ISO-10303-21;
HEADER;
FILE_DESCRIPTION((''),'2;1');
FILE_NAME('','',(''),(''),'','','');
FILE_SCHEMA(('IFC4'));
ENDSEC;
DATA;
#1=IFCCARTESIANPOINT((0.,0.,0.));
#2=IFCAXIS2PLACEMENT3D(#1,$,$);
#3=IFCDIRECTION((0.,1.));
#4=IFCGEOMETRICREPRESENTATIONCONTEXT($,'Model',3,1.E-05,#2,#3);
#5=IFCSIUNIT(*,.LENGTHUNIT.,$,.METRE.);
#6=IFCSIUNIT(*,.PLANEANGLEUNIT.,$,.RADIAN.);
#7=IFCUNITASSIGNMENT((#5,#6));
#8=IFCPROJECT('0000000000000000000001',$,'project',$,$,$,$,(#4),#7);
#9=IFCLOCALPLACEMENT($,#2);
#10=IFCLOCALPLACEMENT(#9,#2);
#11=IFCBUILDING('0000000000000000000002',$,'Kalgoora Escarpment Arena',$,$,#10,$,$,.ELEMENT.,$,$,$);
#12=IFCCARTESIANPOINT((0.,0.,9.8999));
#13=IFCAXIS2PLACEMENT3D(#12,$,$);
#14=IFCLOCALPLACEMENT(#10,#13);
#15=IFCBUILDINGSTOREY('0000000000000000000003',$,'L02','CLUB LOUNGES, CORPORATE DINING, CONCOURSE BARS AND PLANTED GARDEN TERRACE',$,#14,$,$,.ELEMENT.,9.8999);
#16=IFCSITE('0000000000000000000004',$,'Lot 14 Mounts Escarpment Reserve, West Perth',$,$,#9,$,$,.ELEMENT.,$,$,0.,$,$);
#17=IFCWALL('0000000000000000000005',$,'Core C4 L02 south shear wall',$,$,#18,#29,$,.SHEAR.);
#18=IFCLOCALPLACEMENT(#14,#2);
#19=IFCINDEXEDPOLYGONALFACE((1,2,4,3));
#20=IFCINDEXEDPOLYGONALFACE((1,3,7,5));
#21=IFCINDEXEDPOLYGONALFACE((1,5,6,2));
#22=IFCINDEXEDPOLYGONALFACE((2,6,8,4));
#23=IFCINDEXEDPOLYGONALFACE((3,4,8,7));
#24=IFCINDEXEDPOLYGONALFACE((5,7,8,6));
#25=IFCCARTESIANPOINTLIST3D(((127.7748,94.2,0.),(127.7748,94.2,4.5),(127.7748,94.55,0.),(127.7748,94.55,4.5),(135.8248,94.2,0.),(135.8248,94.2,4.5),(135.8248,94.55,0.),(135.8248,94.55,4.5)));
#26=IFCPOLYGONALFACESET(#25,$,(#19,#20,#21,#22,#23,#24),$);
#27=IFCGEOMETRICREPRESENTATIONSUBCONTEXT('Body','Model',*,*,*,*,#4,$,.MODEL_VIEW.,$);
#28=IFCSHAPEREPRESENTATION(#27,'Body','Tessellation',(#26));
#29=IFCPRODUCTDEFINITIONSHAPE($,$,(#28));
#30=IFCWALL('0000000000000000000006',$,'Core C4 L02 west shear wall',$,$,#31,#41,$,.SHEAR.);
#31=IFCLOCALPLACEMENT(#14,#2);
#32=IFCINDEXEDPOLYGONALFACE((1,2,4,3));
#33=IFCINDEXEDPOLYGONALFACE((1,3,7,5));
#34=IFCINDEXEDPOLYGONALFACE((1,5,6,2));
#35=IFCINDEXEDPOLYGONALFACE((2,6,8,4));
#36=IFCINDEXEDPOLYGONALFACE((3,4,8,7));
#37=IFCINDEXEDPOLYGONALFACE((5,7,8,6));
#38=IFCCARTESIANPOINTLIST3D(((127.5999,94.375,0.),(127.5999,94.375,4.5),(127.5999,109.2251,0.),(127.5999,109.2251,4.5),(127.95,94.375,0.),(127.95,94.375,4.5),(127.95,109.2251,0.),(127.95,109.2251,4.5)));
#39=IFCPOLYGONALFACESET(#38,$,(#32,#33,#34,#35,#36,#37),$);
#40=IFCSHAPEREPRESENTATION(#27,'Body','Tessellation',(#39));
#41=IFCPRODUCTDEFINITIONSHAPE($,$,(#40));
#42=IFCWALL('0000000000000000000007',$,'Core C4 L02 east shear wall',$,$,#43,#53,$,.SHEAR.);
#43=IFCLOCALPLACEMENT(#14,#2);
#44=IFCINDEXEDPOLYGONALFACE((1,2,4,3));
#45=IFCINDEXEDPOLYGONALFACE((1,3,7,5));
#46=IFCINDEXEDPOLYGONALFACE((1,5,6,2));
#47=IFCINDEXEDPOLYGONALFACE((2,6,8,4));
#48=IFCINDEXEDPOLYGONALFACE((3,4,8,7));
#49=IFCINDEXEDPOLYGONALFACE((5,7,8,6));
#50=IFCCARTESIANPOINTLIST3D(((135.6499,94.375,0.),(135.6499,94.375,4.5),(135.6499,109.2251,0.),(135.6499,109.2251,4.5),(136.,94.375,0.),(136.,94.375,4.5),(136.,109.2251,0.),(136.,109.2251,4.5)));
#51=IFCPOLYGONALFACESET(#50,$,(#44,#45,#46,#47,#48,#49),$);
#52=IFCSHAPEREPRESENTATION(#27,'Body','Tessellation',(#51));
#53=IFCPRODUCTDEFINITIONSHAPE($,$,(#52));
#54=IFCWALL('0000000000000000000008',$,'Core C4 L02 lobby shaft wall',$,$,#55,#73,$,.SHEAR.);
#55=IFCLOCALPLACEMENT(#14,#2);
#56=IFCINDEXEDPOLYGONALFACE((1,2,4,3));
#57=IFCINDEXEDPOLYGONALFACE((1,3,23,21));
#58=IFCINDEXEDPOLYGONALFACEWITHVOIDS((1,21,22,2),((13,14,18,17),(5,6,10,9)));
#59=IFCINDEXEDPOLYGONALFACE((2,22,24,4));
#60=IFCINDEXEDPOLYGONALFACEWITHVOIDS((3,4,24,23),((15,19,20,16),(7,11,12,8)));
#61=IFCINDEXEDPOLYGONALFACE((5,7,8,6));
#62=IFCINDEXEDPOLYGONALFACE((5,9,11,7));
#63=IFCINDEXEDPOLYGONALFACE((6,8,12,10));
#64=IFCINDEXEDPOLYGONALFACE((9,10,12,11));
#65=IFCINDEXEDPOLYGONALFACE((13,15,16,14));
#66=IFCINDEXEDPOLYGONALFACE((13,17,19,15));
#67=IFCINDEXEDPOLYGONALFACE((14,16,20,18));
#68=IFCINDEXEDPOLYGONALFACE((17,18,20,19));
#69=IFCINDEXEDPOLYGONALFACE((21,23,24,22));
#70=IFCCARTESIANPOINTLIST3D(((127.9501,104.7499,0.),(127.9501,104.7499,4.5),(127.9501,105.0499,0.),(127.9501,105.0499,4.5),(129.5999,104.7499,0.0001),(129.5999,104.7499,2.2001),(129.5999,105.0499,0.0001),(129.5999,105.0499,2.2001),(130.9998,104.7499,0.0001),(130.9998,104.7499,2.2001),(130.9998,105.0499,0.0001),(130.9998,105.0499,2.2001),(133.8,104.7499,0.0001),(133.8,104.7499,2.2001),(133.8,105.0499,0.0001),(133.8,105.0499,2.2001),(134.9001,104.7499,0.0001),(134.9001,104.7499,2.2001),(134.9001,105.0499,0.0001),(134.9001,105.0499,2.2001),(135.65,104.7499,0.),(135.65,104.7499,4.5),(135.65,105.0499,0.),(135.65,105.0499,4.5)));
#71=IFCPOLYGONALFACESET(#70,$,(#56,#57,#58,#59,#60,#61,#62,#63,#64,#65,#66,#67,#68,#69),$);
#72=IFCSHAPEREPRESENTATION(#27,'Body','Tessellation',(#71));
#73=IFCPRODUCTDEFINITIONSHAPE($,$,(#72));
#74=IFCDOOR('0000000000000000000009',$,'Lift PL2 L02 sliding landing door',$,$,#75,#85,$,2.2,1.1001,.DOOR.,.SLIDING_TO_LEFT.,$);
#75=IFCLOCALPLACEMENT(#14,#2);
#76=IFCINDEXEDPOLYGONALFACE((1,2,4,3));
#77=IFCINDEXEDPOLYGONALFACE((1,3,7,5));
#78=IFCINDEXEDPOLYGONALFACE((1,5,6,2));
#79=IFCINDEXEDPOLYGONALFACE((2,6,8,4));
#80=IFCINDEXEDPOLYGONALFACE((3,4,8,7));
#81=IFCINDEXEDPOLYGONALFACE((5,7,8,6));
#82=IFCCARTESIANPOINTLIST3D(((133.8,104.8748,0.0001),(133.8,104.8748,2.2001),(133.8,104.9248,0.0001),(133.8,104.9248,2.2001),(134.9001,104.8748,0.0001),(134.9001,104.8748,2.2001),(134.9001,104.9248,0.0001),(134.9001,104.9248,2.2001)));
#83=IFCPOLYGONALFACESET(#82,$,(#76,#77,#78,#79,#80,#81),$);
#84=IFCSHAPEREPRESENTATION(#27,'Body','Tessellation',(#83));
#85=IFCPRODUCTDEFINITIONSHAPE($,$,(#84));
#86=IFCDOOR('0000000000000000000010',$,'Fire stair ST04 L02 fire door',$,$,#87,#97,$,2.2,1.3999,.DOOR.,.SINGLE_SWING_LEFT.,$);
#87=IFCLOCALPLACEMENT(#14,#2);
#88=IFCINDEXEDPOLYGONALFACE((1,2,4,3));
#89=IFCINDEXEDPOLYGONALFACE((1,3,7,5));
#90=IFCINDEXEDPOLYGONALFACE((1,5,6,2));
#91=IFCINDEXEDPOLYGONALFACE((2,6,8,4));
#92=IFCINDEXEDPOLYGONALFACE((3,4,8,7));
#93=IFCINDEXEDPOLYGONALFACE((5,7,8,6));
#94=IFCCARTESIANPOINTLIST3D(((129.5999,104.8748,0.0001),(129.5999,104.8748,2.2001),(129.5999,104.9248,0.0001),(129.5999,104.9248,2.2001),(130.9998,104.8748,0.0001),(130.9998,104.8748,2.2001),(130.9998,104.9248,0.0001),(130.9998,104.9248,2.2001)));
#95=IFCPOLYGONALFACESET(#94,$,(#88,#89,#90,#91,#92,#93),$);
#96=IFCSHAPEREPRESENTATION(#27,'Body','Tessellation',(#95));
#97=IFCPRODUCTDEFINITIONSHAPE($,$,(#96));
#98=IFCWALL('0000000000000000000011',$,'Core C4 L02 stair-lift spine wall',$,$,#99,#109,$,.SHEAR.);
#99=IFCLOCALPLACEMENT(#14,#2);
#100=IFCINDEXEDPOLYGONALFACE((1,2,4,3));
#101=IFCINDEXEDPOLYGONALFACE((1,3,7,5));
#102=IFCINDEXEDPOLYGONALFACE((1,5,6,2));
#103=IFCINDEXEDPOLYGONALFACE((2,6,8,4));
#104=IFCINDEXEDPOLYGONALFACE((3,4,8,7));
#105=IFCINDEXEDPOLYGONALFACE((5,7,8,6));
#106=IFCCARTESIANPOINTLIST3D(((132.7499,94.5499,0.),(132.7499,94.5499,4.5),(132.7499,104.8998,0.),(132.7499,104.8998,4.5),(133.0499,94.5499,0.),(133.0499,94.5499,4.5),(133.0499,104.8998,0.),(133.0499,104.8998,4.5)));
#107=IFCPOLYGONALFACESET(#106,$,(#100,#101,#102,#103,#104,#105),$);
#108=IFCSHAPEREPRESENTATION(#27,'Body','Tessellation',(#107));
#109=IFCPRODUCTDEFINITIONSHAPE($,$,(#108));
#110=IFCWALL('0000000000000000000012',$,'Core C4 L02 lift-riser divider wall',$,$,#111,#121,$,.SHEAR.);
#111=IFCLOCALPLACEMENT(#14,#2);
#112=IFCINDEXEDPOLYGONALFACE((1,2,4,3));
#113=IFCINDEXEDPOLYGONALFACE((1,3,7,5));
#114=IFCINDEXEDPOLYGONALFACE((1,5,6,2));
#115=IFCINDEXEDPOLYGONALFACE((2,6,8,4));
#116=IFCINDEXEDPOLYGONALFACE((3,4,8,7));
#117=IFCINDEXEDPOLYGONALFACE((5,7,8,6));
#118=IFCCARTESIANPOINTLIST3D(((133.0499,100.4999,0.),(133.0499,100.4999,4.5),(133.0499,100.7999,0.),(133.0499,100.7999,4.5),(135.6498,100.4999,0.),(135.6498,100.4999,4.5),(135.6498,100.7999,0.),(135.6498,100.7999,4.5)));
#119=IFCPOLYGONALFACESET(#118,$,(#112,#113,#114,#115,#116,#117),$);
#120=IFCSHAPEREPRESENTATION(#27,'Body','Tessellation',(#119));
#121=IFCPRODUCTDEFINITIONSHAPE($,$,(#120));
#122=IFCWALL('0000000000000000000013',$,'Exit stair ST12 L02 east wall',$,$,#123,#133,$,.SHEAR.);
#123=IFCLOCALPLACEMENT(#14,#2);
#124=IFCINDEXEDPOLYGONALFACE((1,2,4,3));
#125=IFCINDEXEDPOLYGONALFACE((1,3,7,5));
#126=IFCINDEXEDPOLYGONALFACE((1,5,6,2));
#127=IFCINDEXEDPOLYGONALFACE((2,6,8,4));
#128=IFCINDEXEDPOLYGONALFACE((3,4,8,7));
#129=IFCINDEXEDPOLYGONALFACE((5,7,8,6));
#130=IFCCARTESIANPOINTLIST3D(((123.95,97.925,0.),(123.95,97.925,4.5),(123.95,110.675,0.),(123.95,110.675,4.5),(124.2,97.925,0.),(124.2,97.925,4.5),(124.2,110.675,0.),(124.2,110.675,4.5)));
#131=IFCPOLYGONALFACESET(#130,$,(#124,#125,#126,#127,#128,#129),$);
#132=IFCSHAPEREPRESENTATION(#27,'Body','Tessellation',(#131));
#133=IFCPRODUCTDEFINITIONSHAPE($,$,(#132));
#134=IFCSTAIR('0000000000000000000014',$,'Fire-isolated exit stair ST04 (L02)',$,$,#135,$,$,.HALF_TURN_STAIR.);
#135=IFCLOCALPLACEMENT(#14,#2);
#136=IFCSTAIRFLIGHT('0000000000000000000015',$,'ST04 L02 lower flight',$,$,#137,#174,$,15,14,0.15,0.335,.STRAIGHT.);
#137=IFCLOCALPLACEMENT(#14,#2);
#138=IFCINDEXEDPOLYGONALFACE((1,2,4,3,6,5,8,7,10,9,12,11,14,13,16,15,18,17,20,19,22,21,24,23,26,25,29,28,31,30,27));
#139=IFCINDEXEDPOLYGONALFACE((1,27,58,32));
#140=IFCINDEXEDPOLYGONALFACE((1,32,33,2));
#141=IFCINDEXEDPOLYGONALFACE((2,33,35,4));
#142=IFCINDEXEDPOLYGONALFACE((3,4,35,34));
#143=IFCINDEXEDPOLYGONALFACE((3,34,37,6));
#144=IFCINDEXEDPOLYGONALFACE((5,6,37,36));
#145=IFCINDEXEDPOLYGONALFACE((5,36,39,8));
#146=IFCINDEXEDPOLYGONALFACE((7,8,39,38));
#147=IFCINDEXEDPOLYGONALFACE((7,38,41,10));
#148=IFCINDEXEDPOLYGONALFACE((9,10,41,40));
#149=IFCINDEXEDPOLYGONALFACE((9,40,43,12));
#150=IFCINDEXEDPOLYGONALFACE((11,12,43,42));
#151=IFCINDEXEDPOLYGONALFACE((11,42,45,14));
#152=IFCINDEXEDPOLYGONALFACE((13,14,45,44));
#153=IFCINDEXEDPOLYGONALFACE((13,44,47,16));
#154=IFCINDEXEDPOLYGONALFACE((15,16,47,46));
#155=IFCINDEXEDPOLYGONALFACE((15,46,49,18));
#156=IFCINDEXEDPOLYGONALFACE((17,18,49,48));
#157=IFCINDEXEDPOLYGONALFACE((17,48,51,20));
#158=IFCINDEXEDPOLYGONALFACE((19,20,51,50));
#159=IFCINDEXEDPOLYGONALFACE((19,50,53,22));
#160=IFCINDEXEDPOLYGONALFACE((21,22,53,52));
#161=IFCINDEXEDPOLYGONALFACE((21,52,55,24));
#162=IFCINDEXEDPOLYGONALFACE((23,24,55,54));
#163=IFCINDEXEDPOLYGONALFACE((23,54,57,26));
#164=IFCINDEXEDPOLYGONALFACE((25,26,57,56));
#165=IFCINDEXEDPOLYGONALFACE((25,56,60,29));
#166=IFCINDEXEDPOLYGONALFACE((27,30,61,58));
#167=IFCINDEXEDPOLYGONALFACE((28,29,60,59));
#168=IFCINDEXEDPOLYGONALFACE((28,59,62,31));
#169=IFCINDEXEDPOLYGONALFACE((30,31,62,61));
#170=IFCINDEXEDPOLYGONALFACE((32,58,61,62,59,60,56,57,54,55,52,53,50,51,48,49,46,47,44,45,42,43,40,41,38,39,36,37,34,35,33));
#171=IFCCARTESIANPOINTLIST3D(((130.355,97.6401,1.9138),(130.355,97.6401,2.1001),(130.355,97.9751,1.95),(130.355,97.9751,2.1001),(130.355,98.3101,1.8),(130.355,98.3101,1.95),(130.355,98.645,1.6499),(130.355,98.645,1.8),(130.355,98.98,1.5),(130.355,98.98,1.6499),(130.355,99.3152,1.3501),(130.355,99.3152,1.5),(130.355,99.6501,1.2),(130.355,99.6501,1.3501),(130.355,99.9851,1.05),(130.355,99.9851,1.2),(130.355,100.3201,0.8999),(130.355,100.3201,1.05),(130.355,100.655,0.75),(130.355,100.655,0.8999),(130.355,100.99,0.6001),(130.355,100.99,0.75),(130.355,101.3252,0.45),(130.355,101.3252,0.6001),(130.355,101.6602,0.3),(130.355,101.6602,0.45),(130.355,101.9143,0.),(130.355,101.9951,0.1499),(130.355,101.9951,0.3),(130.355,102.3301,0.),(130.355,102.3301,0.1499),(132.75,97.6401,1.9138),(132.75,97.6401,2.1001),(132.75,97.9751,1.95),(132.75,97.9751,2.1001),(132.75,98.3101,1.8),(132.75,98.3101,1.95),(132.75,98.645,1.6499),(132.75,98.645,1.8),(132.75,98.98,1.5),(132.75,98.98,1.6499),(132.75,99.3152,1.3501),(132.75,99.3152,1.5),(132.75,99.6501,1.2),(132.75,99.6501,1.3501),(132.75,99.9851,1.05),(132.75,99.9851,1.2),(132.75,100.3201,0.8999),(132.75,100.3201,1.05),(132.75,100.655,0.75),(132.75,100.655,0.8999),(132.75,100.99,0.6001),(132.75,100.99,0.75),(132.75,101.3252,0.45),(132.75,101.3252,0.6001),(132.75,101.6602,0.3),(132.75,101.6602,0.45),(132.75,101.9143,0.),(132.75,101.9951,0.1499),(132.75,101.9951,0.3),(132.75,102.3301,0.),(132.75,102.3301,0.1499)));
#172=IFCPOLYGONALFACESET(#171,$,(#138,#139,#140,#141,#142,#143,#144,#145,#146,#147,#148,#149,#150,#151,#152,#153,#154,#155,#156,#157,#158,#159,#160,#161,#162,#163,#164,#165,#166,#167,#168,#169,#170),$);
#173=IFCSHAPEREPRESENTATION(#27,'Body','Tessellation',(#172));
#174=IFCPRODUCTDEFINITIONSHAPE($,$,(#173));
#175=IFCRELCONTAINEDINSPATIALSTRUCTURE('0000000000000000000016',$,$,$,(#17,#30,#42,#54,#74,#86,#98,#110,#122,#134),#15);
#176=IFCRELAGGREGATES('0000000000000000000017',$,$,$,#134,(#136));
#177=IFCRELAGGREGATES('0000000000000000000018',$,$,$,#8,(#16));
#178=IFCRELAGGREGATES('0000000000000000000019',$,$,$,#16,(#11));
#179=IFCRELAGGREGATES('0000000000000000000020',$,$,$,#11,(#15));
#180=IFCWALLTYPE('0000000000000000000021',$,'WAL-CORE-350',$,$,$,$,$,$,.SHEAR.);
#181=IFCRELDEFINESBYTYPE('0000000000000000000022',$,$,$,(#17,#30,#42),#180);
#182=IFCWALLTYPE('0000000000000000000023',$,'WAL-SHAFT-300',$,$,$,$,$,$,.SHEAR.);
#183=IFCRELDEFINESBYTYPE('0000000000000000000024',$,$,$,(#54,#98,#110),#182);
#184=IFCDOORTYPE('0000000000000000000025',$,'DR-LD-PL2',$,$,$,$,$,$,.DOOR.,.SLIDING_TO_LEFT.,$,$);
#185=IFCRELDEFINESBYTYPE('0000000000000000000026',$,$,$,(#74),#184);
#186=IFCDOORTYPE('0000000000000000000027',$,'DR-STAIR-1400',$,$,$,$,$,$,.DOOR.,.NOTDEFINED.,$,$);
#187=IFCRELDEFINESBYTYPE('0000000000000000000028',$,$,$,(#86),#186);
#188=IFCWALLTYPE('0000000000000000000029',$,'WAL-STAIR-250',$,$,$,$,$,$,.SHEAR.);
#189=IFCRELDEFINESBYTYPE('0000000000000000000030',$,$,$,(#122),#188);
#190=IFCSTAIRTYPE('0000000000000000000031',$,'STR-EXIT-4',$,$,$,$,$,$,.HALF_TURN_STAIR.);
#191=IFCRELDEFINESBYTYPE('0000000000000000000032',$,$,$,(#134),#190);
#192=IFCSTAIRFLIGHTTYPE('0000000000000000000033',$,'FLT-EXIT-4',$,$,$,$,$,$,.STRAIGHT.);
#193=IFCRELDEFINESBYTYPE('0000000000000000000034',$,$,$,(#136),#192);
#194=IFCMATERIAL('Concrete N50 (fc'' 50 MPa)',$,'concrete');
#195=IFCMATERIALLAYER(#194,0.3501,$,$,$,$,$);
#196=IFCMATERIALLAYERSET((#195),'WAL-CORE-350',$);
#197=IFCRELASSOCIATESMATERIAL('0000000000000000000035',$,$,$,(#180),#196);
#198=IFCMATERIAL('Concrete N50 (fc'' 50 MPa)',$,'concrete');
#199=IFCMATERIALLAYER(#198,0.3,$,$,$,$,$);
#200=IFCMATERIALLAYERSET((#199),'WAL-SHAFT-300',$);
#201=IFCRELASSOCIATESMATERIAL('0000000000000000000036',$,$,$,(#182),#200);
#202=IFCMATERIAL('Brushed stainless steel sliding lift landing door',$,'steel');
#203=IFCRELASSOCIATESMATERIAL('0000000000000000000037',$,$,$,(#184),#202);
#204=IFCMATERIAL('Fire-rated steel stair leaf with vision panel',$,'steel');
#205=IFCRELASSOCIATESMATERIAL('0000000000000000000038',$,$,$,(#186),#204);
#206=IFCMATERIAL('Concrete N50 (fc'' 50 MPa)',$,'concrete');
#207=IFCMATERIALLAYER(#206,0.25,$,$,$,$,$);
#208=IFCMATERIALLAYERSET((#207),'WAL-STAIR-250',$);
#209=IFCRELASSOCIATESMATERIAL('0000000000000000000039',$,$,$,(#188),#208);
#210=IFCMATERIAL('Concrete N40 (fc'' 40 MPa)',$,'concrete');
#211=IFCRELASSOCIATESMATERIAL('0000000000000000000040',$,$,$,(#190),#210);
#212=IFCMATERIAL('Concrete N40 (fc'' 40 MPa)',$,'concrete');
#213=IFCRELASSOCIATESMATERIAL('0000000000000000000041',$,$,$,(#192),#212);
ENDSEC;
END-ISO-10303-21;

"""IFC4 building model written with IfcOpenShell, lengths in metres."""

from ifc_helpers import new_model, si_unit, direction, frame, frame_2d, origin, place, context, subcontext, project, spatial, polyline, rectangle, outline, extrude, material, layer, layer_set, type_object, element, fill, aggregate, save


model = new_model("IFC4")

# Units and contexts
model_context = context("Model", 3, precision=1e-05, world=origin(), true_north=direction((0.0, 1.0)))
body_context = subcontext(model_context, "Body", "Model", "MODEL_VIEW")
ifc_project = project(units=[si_unit("LENGTHUNIT", "METRE"), si_unit("PLANEANGLEUNIT", "RADIAN")], contexts=[model_context])

# Site, building, storey
site_placement = place(None, origin())
site = spatial("IfcSite", under=ifc_project, at=site_placement, Name="Lot 14 Mounts Escarpment Reserve, West Perth", CompositionType="ELEMENT", RefElevation=0.0)
building_placement = place(site_placement, origin())
building = spatial("IfcBuilding", under=site, at=building_placement, Name="Kalgoora Escarpment Arena", CompositionType="ELEMENT")
storey_placement = place(building_placement, frame((0.0, 0.0, 9.8999)))
storey = spatial("IfcBuildingStorey", under=building, at=storey_placement, Name="L02", Description="CLUB LOUNGES, CORPORATE DINING, CONCOURSE BARS AND PLANTED GARDEN TERRACE", CompositionType="ELEMENT", Elevation=9.8999)

# Walls
ifc_material_1 = material(Name="Concrete N50 (fc' 50 MPa)", Category="concrete")
ifc_layer_1 = layer(ifc_material_1, 0.3501)
ifc_layer_set_1 = layer_set([ifc_layer_1], Name="WAL-CORE-350")
wall_type_1 = type_object("IfcWallType", Name="WAL-CORE-350", PredefinedType="SHEAR", material=ifc_layer_set_1)
wall_1_placement = place(storey_placement, frame((127.7749, 94.375, 0.0), z_axis=(0.0, 0.0, 1.0), x_axis=(1.0, 0.0, 0.0)))
element("IfcWall", 1, at=wall_1_placement, inside=storey, type_object=wall_type_1, Name="Core C4 L02 south shear wall", PredefinedType="SHEAR", context=body_context, shape_type="SweptSolid", body=[
    extrude(rectangle(XDim=8.05, YDim=0.3501, at=frame_2d((4.0249, 0.0))), origin(), (0.0, 0.0, 1.0), 4.5),
])
for number, where, z_axis, x_axis, name in (
    (2, (127.7749, 94.375, 0.0), (0.0, 0.0, 1.0), (0.0, 1.0, 0.0), "Core C4 L02 west shear wall"),
    (3, (135.825, 94.375, 0.0), (0.0, 0.0, 1.0), (0.0, 1.0, 0.0), "Core C4 L02 east shear wall"),
):
    element("IfcWall", number, at=place(storey_placement, frame(where, z_axis=z_axis, x_axis=x_axis)), inside=storey, type_object=wall_type_1, Name=name, PredefinedType="SHEAR", context=body_context, shape_type="SweptSolid", body=[
        extrude(rectangle(XDim=14.8501, YDim=0.3501, at=frame_2d((7.425, 0.0))), origin(), (0.0, 0.0, 1.0), 4.5),
    ])

# Wall, openings, doors
ifc_material_2 = material(Name="Concrete N50 (fc' 50 MPa)", Category="concrete")
ifc_layer_2 = layer(ifc_material_2, 0.3)
ifc_layer_set_2 = layer_set([ifc_layer_2], Name="WAL-SHAFT-300")
wall_type_2 = type_object("IfcWallType", Name="WAL-SHAFT-300", PredefinedType="SHEAR", material=ifc_layer_set_2)
wall_2_placement = place(storey_placement, frame((127.95, 104.8999, 0.0), z_axis=(0.0, 0.0, 1.0), x_axis=(1.0, 0.0, 0.0)))
wall_2 = element("IfcWall", 4, at=wall_2_placement, inside=storey, type_object=wall_type_2, Name="Core C4 L02 lobby shaft wall", PredefinedType="SHEAR", context=body_context, shape_type="SweptSolid", body=[
    extrude(rectangle(XDim=7.7, YDim=0.3, at=frame_2d((3.8501, 0.0))), origin(), (0.0, 0.0, 1.0), 4.5),
])
opening_1_placement = place(wall_2_placement, frame((1.6499, 0.0, 0.0)))
opening_1 = element("IfcOpeningElement", 5, at=opening_1_placement, cuts=wall_2, PredefinedType="OPENING", context=body_context, shape_type="SweptSolid", body=[
    extrude(rectangle(XDim=1.3999, YDim=2.2, at=frame_2d((0.7, 1.1001))), frame((0.0, 0.1599, 0.0), z_axis=(0.0, -1.0, 0.0), x_axis=(1.0, 0.0, 0.0)), (0.0, 0.0, 1.0), 0.3201),
])
opening_2_placement = place(wall_2_placement, frame((5.8501, 0.0, 0.0)))
opening_2 = element("IfcOpeningElement", 6, at=opening_2_placement, cuts=wall_2, PredefinedType="OPENING", context=body_context, shape_type="SweptSolid", body=[
    extrude(rectangle(XDim=1.1001, YDim=2.2, at=frame_2d((0.55, 1.1001))), frame((0.0, 0.1599, 0.0), z_axis=(0.0, -1.0, 0.0), x_axis=(1.0, 0.0, 0.0)), (0.0, 0.0, 1.0), 0.3201),
])
ifc_material_3 = material(Name="Brushed stainless steel sliding lift landing door", Category="steel")
door_type_1 = type_object("IfcDoorType", Name="DR-LD-PL2", OperationType="SLIDING_TO_LEFT", PredefinedType="DOOR", material=ifc_material_3)
door_1_placement = place(opening_2_placement, origin())
door_1 = element("IfcDoor", 7, at=door_1_placement, inside=storey, type_object=door_type_1, Name="Lift PL2 L02 sliding landing door", OperationType="SLIDING_TO_LEFT", OverallHeight=2.2, OverallWidth=1.1001, PredefinedType="DOOR", context=body_context, shape_type="SweptSolid", body=[
    extrude(rectangle(XDim=1.1001, YDim=2.2, at=frame_2d((0.55, 1.1001))), frame((0.0, 0.0249, 0.0), z_axis=(0.0, -1.0, 0.0), x_axis=(1.0, 0.0, 0.0)), (0.0, 0.0, 1.0), 0.05),
])
fill(opening_2, door_1)
ifc_material_4 = material(Name="Fire-rated steel stair leaf with vision panel", Category="steel")
door_type_2 = type_object("IfcDoorType", Name="DR-STAIR-1400", OperationType="NOTDEFINED", PredefinedType="DOOR", material=ifc_material_4)
door_2_placement = place(opening_1_placement, origin())
door_2 = element("IfcDoor", 8, at=door_2_placement, inside=storey, type_object=door_type_2, Name="Fire stair ST04 L02 fire door", OperationType="SINGLE_SWING_LEFT", OverallHeight=2.2, OverallWidth=1.3999, PredefinedType="DOOR", context=body_context, shape_type="SweptSolid", body=[
    extrude(rectangle(XDim=1.3999, YDim=2.2, at=frame_2d((0.7, 1.1001))), frame((0.0, 0.0249, 0.0), z_axis=(0.0, -1.0, 0.0), x_axis=(1.0, 0.0, 0.0)), (0.0, 0.0, 1.0), 0.05),
])
fill(opening_1, door_2)

# Walls
wall_3_placement = place(storey_placement, frame((132.8999, 94.55, 0.0), z_axis=(0.0, 0.0, 1.0), x_axis=(0.0, 1.0, 0.0)))
element("IfcWall", 9, at=wall_3_placement, inside=storey, type_object=wall_type_2, Name="Core C4 L02 stair-lift spine wall", PredefinedType="SHEAR", context=body_context, shape_type="SweptSolid", body=[
    extrude(rectangle(XDim=10.3499, YDim=0.3, at=frame_2d((5.1748, 0.0))), origin(), (0.0, 0.0, 1.0), 4.5),
])
wall_4_placement = place(storey_placement, frame((133.05, 100.6499, 0.0), z_axis=(0.0, 0.0, 1.0), x_axis=(1.0, 0.0, 0.0)))
element("IfcWall", 10, at=wall_4_placement, inside=storey, type_object=wall_type_2, Name="Core C4 L02 lift-riser divider wall", PredefinedType="SHEAR", context=body_context, shape_type="SweptSolid", body=[
    extrude(rectangle(XDim=2.5999, YDim=0.3, at=frame_2d((1.2998, 0.0))), origin(), (0.0, 0.0, 1.0), 4.5),
])
ifc_material_5 = material(Name="Concrete N50 (fc' 50 MPa)", Category="concrete")
ifc_layer_3 = layer(ifc_material_5, 0.25)
ifc_layer_set_3 = layer_set([ifc_layer_3], Name="WAL-STAIR-250")
wall_type_3 = type_object("IfcWallType", Name="WAL-STAIR-250", PredefinedType="SHEAR", material=ifc_layer_set_3)
wall_5_placement = place(storey_placement, frame((124.075, 97.925, 0.0), z_axis=(0.0, 0.0, 1.0), x_axis=(0.0, 1.0, 0.0)))
element("IfcWall", 11, at=wall_5_placement, inside=storey, type_object=wall_type_3, Name="Exit stair ST12 L02 east wall", PredefinedType="SHEAR", context=body_context, shape_type="SweptSolid", body=[
    extrude(rectangle(XDim=12.75, YDim=0.25, at=frame_2d((6.375, 0.0))), origin(), (0.0, 0.0, 1.0), 4.5),
])

# Stair, stair flight
ifc_material_6 = material(Name="Concrete N40 (fc' 40 MPa)", Category="concrete")
stair_type = type_object("IfcStairType", Name="STR-EXIT-4", PredefinedType="HALF_TURN_STAIR", material=ifc_material_6)
stair_placement = place(storey_placement, origin())
stair = element("IfcStair", 12, at=stair_placement, inside=storey, type_object=stair_type, Name="Fire-isolated exit stair ST04 (L02)", PredefinedType="HALF_TURN_STAIR")
ifc_material_7 = material(Name="Concrete N40 (fc' 40 MPa)", Category="concrete")
stair_flight_type = type_object("IfcStairFlightType", Name="FLT-EXIT-4", PredefinedType="STRAIGHT", material=ifc_material_7)
stair_flight_1_placement = place(storey_placement, frame((131.5525, 102.3301, 0.0), z_axis=(0.0, 0.0, 1.0), x_axis=(0.0, -1.0, 0.0)))
stair_flight_1 = element("IfcStairFlight", 13, at=stair_flight_1_placement, type_object=stair_flight_type, Name="ST04 L02 lower flight", NumberOfRisers=15, NumberOfTreads=14, PredefinedType="STRAIGHT", RiserHeight=0.15, TreadLength=0.335, context=body_context, shape_type="SweptSolid", body=[
    extrude(outline(polyline([(0.0, 0.0), (0.0, 0.1499), (0.335, 0.1499), (0.335, 0.3), (0.6699, 0.3), (0.6699, 0.45), (1.0049, 0.45), (1.0049, 0.6001), (1.3401, 0.6001), (1.3401, 0.75), (1.675, 0.75), (1.675, 0.8999), (2.01, 0.8999), (2.01, 1.05), (2.345, 1.05), (2.345, 1.2), (2.6799, 1.2), (2.6799, 1.3501), (3.0149, 1.3501), (3.0149, 1.5), (3.3501, 1.5), (3.3501, 1.6499), (3.6851, 1.6499), (3.6851, 1.8), (4.02, 1.8), (4.02, 1.95), (4.355, 1.95), (4.355, 2.1001), (4.6899, 2.1001), (4.6899, 2.25), (4.6899, 1.9138), (0.4158, 0.0), (0.0, 0.0)])), frame((0.0, 1.1975, 0.0), z_axis=(0.0, -1.0, 0.0), x_axis=(1.0, 0.0, 0.0)), (0.0, 0.0, 1.0), 2.395),
])
aggregate(stair, [stair_flight_1])

save(model, "model.ifc")
